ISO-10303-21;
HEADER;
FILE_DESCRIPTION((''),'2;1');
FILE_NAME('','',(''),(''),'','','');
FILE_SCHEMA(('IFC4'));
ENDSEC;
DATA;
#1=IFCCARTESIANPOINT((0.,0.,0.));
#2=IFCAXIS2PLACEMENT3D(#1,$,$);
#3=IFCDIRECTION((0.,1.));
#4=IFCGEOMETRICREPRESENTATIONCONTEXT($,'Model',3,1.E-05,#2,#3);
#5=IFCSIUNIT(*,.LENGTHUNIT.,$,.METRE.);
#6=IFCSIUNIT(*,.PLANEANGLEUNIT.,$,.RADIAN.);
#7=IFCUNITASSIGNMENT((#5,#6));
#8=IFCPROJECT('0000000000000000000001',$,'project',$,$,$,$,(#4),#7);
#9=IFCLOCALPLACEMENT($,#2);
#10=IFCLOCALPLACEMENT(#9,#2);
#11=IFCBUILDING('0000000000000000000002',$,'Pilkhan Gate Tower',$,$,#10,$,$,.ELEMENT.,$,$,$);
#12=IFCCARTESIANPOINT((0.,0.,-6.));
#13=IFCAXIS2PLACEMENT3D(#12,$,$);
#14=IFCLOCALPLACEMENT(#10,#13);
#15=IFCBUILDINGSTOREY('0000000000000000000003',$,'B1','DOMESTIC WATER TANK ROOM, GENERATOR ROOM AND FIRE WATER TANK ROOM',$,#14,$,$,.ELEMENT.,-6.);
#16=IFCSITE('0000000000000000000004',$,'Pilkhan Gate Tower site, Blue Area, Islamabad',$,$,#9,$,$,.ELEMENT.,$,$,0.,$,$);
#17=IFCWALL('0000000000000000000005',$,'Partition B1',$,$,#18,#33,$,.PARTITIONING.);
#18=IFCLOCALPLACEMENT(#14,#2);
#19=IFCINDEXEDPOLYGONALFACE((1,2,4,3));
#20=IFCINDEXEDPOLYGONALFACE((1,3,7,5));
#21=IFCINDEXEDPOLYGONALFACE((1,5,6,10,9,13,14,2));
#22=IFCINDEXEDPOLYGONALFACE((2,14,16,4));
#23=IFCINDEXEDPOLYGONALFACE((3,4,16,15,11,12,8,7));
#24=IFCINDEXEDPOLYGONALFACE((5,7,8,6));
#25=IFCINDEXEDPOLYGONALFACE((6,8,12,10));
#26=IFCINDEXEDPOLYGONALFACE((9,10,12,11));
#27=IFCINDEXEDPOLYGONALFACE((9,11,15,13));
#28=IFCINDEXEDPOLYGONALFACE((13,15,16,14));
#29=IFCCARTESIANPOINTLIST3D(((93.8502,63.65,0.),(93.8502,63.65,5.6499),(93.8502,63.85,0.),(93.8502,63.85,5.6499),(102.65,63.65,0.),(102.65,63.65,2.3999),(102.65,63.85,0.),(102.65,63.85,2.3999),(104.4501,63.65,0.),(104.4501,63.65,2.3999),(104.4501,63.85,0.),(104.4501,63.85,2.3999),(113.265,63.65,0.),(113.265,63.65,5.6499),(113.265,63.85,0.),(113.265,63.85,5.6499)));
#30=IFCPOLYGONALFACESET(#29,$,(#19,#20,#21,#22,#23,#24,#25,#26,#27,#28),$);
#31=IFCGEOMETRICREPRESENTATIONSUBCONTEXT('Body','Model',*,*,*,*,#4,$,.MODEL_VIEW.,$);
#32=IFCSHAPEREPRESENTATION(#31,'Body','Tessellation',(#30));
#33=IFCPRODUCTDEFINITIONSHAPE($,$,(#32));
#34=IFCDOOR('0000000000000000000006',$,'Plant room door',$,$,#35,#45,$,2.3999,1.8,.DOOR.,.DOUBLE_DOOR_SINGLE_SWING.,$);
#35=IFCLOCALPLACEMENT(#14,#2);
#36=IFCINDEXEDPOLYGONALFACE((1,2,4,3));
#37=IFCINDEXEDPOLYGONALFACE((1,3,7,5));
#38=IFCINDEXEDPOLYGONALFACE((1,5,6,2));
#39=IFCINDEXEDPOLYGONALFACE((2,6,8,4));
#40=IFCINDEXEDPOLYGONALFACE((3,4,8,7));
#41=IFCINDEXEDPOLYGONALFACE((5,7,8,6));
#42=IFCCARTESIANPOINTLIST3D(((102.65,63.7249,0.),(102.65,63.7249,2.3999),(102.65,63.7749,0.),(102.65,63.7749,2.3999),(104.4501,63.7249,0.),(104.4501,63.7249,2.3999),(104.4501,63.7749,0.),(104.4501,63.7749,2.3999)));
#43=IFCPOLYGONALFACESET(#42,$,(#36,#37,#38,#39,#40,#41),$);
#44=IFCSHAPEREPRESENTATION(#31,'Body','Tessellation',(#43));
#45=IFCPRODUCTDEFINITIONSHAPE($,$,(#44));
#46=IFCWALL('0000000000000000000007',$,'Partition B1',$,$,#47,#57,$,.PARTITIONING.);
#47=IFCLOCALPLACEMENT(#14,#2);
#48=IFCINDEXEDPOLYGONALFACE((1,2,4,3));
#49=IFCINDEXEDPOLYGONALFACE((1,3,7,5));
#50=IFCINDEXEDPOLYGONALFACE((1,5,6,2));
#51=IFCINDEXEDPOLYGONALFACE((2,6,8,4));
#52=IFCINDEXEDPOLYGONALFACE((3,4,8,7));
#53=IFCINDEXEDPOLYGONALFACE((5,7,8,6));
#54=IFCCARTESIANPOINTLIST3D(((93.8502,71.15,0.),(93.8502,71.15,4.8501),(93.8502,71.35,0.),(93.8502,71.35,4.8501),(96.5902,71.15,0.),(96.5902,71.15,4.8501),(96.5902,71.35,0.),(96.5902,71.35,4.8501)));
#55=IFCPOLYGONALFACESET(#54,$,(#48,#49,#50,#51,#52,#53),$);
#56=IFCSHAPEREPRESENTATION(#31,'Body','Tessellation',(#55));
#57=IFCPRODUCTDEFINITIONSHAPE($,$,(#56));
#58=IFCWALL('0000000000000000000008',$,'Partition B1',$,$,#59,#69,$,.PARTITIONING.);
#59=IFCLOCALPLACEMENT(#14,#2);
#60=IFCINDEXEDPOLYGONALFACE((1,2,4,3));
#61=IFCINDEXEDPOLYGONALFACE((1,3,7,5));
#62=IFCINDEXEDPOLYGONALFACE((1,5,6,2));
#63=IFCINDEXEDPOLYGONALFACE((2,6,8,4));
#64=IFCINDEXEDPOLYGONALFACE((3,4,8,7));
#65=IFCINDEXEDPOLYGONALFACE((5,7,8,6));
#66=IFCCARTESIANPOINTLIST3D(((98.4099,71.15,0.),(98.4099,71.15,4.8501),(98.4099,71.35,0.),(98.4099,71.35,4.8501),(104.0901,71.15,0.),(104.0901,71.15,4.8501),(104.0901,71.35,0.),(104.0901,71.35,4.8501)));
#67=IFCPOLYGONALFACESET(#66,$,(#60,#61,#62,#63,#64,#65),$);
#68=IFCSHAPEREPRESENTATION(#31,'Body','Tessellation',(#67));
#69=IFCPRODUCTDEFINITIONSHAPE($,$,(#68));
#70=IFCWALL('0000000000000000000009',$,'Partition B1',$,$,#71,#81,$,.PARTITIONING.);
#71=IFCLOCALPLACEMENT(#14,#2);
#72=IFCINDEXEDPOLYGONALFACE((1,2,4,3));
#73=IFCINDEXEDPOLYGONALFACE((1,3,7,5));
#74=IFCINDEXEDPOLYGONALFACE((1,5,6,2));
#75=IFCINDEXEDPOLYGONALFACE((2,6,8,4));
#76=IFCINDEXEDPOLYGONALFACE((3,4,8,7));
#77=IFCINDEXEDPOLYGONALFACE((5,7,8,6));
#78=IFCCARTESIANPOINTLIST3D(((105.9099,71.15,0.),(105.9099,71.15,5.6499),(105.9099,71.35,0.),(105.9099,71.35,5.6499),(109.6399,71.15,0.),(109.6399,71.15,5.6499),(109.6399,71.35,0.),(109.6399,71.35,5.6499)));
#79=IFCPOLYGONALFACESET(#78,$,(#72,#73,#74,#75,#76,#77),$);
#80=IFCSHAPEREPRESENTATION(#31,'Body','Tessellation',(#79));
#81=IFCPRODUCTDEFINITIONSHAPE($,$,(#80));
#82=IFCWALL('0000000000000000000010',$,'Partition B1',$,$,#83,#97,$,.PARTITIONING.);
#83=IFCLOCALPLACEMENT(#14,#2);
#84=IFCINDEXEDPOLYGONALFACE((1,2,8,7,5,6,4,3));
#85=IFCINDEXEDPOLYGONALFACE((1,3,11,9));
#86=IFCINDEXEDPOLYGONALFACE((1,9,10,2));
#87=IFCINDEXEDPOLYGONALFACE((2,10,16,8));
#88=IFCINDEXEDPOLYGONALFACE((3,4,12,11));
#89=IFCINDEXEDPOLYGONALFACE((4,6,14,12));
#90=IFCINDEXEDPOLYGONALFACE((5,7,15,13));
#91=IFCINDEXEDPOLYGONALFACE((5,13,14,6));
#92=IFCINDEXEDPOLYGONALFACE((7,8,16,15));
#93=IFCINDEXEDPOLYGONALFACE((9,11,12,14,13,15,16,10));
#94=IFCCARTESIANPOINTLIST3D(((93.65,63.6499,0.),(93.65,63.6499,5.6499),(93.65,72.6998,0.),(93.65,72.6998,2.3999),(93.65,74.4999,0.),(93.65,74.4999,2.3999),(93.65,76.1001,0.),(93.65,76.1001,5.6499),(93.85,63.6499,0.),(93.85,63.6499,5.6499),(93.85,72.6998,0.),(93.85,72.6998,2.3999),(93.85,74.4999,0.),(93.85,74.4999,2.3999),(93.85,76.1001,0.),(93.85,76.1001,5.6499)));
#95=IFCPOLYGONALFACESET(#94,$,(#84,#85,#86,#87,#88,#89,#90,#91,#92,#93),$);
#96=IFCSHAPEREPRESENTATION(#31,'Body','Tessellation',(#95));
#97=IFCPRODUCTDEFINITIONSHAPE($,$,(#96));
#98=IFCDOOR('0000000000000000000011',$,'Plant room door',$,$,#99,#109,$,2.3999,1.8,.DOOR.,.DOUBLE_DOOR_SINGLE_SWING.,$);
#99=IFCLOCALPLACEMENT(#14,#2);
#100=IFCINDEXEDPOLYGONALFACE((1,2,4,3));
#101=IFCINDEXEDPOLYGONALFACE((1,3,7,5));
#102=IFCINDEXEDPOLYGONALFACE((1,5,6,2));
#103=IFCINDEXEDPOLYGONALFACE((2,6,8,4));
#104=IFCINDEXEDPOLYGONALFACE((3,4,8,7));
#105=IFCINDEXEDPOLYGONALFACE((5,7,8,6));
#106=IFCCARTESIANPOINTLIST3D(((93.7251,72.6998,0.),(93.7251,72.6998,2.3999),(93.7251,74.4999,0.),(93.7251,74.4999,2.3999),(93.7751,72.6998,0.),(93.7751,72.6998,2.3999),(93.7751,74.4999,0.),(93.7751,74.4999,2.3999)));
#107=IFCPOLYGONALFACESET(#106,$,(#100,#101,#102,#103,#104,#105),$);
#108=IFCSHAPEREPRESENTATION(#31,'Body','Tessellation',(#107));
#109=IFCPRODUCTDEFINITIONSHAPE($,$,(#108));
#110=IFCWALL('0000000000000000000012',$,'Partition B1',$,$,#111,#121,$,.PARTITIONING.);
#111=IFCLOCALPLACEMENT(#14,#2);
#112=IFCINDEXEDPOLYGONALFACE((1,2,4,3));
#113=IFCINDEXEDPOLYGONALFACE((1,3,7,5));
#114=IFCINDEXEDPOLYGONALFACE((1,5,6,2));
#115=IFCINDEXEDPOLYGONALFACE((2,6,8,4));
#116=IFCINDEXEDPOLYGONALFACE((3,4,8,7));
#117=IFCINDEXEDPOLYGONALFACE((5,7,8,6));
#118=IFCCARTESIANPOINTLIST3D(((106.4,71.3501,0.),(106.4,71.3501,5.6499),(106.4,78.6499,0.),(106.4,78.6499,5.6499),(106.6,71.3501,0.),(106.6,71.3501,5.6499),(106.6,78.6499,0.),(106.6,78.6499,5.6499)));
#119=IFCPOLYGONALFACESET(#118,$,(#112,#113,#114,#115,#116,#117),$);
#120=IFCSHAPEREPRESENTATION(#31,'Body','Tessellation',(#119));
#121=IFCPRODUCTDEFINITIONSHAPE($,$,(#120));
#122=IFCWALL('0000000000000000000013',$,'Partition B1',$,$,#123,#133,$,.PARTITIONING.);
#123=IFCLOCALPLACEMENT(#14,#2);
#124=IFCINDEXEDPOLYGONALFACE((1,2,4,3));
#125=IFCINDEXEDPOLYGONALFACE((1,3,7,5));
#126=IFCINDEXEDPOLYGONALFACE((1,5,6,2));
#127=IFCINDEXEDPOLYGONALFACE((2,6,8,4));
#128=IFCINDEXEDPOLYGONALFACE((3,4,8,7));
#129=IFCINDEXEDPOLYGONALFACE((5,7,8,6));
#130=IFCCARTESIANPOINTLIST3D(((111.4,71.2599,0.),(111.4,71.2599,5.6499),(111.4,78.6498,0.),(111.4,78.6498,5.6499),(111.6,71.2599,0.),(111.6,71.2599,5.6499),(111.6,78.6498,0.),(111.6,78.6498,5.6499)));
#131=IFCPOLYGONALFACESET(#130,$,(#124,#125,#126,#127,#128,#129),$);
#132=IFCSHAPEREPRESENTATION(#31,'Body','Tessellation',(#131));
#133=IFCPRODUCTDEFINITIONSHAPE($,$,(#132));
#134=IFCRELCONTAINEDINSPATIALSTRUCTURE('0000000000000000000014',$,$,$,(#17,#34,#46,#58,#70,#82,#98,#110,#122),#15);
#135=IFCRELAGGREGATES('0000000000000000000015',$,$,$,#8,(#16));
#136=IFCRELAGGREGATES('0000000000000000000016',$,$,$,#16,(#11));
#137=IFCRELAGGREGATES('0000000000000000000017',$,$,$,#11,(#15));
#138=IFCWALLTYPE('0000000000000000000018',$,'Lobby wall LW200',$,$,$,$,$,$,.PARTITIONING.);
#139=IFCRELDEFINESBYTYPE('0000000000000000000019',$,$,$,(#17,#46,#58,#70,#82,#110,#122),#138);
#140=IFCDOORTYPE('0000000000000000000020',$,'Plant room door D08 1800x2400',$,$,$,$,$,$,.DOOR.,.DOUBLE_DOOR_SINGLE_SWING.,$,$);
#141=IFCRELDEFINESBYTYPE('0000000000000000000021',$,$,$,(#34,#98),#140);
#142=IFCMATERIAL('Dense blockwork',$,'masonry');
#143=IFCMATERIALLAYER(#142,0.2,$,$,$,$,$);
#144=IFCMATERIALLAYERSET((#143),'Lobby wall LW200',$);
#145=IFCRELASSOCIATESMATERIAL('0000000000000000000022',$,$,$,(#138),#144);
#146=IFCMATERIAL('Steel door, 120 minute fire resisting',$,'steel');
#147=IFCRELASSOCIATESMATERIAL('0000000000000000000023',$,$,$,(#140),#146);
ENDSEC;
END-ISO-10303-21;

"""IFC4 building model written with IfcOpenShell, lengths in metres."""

from ifc_helpers import new_model, si_unit, direction, frame, frame_2d, origin, place, context, subcontext, project, spatial, rectangle, extrude, material, layer, layer_set, type_object, element, fill, save


model = new_model("IFC4")

# Units and contexts
model_context = context("Model", 3, precision=1e-05, world=origin(), true_north=direction((0.0, 1.0)))
body_context = subcontext(model_context, "Body", "Model", "MODEL_VIEW")
ifc_project = project(units=[si_unit("LENGTHUNIT", "METRE"), si_unit("PLANEANGLEUNIT", "RADIAN")], contexts=[model_context])

# Site, building, storey
site_placement = place(None, origin())
site = spatial("IfcSite", under=ifc_project, at=site_placement, Name="Pilkhan Gate Tower site, Blue Area, Islamabad", CompositionType="ELEMENT", RefElevation=0.0)
building_placement = place(site_placement, origin())
building = spatial("IfcBuilding", under=site, at=building_placement, Name="Pilkhan Gate Tower", CompositionType="ELEMENT")
storey_placement = place(building_placement, frame((0.0, 0.0, -6.0)))
storey = spatial("IfcBuildingStorey", under=building, at=storey_placement, Name="B1", Description="DOMESTIC WATER TANK ROOM, GENERATOR ROOM AND FIRE WATER TANK ROOM", CompositionType="ELEMENT", Elevation=-6.0)

# Wall, opening, door
ifc_material_1 = material(Name="Dense blockwork", Category="masonry")
ifc_layer_1 = layer(ifc_material_1, 0.2)
ifc_layer_set_1 = layer_set([ifc_layer_1], Name="Lobby wall LW200")
wall_type_1 = type_object("IfcWallType", Name="Lobby wall LW200", PredefinedType="PARTITIONING", material=ifc_layer_set_1)
wall_1_placement = place(storey_placement, frame((93.8501, 63.75, 0.0), z_axis=(0.0, 0.0, 1.0), x_axis=(1.0, 0.0, 0.0)))
wall_1 = element("IfcWall", 1, at=wall_1_placement, inside=storey, type_object=wall_type_1, Name="Partition B1", PredefinedType="PARTITIONING", context=body_context, shape_type="SweptSolid", body=[
    extrude(rectangle(XDim=19.4148, YDim=0.2, at=frame_2d((9.7075, 0.0))), origin(), (0.0, 0.0, 1.0), 5.6499),
])
opening_1_placement = place(wall_1_placement, frame((8.8, 0.0, 0.0)))
opening_1 = element("IfcOpeningElement", 2, at=opening_1_placement, cuts=wall_1, PredefinedType="OPENING", context=body_context, shape_type="SweptSolid", body=[
    extrude(rectangle(XDim=1.8, YDim=2.3999, at=frame_2d((0.8999, 1.2))), frame((0.0, 0.1099, 0.0), z_axis=(0.0, -1.0, 0.0), x_axis=(1.0, 0.0, 0.0)), (0.0, 0.0, 1.0), 0.22),
])
ifc_material_2 = material(Name="Steel door, 120 minute fire resisting", Category="steel")
door_type = type_object("IfcDoorType", Name="Plant room door D08 1800x2400", OperationType="DOUBLE_DOOR_SINGLE_SWING", PredefinedType="DOOR", material=ifc_material_2)
door_1_placement = place(opening_1_placement, origin())
door_1 = element("IfcDoor", 3, at=door_1_placement, inside=storey, type_object=door_type, Name="Plant room door", OperationType="DOUBLE_DOOR_SINGLE_SWING", OverallHeight=2.3999, OverallWidth=1.8, PredefinedType="DOOR", context=body_context, shape_type="SweptSolid", body=[
    extrude(rectangle(XDim=1.8, YDim=2.3999, at=frame_2d((0.8999, 1.2))), frame((0.0, 0.0249, 0.0), z_axis=(0.0, -1.0, 0.0), x_axis=(1.0, 0.0, 0.0)), (0.0, 0.0, 1.0), 0.05),
])
fill(opening_1, door_1)

# Walls
wall_2_placement = place(storey_placement, frame((93.8501, 71.25, 0.0), z_axis=(0.0, 0.0, 1.0), x_axis=(1.0, 0.0, 0.0)))
element("IfcWall", 4, at=wall_2_placement, inside=storey, type_object=wall_type_1, Name="Partition B1", PredefinedType="PARTITIONING", context=body_context, shape_type="SweptSolid", body=[
    extrude(rectangle(XDim=2.74, YDim=0.2, at=frame_2d((1.3701, 0.0))), origin(), (0.0, 0.0, 1.0), 4.8501),
])
wall_3_placement = place(storey_placement, frame((98.4099, 71.25, 0.0), z_axis=(0.0, 0.0, 1.0), x_axis=(1.0, 0.0, 0.0)))
element("IfcWall", 5, at=wall_3_placement, inside=storey, type_object=wall_type_1, Name="Partition B1", PredefinedType="PARTITIONING", context=body_context, shape_type="SweptSolid", body=[
    extrude(rectangle(XDim=5.6802, YDim=0.2, at=frame_2d((2.8401, 0.0))), origin(), (0.0, 0.0, 1.0), 4.8501),
])
wall_4_placement = place(storey_placement, frame((105.9099, 71.25, 0.0), z_axis=(0.0, 0.0, 1.0), x_axis=(1.0, 0.0, 0.0)))
element("IfcWall", 6, at=wall_4_placement, inside=storey, type_object=wall_type_1, Name="Partition B1", PredefinedType="PARTITIONING", context=body_context, shape_type="SweptSolid", body=[
    extrude(rectangle(XDim=3.73, YDim=0.2, at=frame_2d((1.865, 0.0))), origin(), (0.0, 0.0, 1.0), 5.6499),
])

# Wall, opening, door
wall_5_placement = place(storey_placement, frame((93.75, 63.6499, 0.0), z_axis=(0.0, 0.0, 1.0), x_axis=(0.0, 1.0, 0.0)))
wall_5 = element("IfcWall", 7, at=wall_5_placement, inside=storey, type_object=wall_type_1, Name="Partition B1", PredefinedType="PARTITIONING", context=body_context, shape_type="SweptSolid", body=[
    extrude(rectangle(XDim=12.4502, YDim=0.2, at=frame_2d((6.2251, 0.0))), origin(), (0.0, 0.0, 1.0), 5.6499),
])
opening_2_placement = place(wall_5_placement, frame((9.05, 0.0, 0.0)))
opening_2 = element("IfcOpeningElement", 8, at=opening_2_placement, cuts=wall_5, PredefinedType="OPENING", context=body_context, shape_type="SweptSolid", body=[
    extrude(rectangle(XDim=1.8, YDim=2.3999, at=frame_2d((0.8999, 1.2))), frame((0.0, 0.1099, 0.0), z_axis=(0.0, -1.0, 0.0), x_axis=(1.0, 0.0, 0.0)), (0.0, 0.0, 1.0), 0.22),
])
door_2_placement = place(opening_2_placement, origin())
door_2 = element("IfcDoor", 9, at=door_2_placement, inside=storey, type_object=door_type, Name="Plant room door", OperationType="DOUBLE_DOOR_SINGLE_SWING", OverallHeight=2.3999, OverallWidth=1.8, PredefinedType="DOOR", context=body_context, shape_type="SweptSolid", body=[
    extrude(rectangle(XDim=1.8, YDim=2.3999, at=frame_2d((0.8999, 1.2))), frame((0.0, 0.0249, 0.0), z_axis=(0.0, -1.0, 0.0), x_axis=(1.0, 0.0, 0.0)), (0.0, 0.0, 1.0), 0.05),
])
fill(opening_2, door_2)

# Walls
wall_6_placement = place(storey_placement, frame((106.5, 71.3501, 0.0), z_axis=(0.0, 0.0, 1.0), x_axis=(0.0, 1.0, 0.0)))
element("IfcWall", 10, at=wall_6_placement, inside=storey, type_object=wall_type_1, Name="Partition B1", PredefinedType="PARTITIONING", context=body_context, shape_type="SweptSolid", body=[
    extrude(rectangle(XDim=7.2998, YDim=0.2, at=frame_2d((3.6499, 0.0))), origin(), (0.0, 0.0, 1.0), 5.6499),
])
wall_7_placement = place(storey_placement, frame((111.5, 71.26, 0.0), z_axis=(0.0, 0.0, 1.0), x_axis=(0.0, 1.0, 0.0)))
element("IfcWall", 11, at=wall_7_placement, inside=storey, type_object=wall_type_1, Name="Partition B1", PredefinedType="PARTITIONING", context=body_context, shape_type="SweptSolid", body=[
    extrude(rectangle(XDim=7.3899, YDim=0.2, at=frame_2d((3.6948, 0.0))), origin(), (0.0, 0.0, 1.0), 5.6499),
])

save(model, "model.ifc")
